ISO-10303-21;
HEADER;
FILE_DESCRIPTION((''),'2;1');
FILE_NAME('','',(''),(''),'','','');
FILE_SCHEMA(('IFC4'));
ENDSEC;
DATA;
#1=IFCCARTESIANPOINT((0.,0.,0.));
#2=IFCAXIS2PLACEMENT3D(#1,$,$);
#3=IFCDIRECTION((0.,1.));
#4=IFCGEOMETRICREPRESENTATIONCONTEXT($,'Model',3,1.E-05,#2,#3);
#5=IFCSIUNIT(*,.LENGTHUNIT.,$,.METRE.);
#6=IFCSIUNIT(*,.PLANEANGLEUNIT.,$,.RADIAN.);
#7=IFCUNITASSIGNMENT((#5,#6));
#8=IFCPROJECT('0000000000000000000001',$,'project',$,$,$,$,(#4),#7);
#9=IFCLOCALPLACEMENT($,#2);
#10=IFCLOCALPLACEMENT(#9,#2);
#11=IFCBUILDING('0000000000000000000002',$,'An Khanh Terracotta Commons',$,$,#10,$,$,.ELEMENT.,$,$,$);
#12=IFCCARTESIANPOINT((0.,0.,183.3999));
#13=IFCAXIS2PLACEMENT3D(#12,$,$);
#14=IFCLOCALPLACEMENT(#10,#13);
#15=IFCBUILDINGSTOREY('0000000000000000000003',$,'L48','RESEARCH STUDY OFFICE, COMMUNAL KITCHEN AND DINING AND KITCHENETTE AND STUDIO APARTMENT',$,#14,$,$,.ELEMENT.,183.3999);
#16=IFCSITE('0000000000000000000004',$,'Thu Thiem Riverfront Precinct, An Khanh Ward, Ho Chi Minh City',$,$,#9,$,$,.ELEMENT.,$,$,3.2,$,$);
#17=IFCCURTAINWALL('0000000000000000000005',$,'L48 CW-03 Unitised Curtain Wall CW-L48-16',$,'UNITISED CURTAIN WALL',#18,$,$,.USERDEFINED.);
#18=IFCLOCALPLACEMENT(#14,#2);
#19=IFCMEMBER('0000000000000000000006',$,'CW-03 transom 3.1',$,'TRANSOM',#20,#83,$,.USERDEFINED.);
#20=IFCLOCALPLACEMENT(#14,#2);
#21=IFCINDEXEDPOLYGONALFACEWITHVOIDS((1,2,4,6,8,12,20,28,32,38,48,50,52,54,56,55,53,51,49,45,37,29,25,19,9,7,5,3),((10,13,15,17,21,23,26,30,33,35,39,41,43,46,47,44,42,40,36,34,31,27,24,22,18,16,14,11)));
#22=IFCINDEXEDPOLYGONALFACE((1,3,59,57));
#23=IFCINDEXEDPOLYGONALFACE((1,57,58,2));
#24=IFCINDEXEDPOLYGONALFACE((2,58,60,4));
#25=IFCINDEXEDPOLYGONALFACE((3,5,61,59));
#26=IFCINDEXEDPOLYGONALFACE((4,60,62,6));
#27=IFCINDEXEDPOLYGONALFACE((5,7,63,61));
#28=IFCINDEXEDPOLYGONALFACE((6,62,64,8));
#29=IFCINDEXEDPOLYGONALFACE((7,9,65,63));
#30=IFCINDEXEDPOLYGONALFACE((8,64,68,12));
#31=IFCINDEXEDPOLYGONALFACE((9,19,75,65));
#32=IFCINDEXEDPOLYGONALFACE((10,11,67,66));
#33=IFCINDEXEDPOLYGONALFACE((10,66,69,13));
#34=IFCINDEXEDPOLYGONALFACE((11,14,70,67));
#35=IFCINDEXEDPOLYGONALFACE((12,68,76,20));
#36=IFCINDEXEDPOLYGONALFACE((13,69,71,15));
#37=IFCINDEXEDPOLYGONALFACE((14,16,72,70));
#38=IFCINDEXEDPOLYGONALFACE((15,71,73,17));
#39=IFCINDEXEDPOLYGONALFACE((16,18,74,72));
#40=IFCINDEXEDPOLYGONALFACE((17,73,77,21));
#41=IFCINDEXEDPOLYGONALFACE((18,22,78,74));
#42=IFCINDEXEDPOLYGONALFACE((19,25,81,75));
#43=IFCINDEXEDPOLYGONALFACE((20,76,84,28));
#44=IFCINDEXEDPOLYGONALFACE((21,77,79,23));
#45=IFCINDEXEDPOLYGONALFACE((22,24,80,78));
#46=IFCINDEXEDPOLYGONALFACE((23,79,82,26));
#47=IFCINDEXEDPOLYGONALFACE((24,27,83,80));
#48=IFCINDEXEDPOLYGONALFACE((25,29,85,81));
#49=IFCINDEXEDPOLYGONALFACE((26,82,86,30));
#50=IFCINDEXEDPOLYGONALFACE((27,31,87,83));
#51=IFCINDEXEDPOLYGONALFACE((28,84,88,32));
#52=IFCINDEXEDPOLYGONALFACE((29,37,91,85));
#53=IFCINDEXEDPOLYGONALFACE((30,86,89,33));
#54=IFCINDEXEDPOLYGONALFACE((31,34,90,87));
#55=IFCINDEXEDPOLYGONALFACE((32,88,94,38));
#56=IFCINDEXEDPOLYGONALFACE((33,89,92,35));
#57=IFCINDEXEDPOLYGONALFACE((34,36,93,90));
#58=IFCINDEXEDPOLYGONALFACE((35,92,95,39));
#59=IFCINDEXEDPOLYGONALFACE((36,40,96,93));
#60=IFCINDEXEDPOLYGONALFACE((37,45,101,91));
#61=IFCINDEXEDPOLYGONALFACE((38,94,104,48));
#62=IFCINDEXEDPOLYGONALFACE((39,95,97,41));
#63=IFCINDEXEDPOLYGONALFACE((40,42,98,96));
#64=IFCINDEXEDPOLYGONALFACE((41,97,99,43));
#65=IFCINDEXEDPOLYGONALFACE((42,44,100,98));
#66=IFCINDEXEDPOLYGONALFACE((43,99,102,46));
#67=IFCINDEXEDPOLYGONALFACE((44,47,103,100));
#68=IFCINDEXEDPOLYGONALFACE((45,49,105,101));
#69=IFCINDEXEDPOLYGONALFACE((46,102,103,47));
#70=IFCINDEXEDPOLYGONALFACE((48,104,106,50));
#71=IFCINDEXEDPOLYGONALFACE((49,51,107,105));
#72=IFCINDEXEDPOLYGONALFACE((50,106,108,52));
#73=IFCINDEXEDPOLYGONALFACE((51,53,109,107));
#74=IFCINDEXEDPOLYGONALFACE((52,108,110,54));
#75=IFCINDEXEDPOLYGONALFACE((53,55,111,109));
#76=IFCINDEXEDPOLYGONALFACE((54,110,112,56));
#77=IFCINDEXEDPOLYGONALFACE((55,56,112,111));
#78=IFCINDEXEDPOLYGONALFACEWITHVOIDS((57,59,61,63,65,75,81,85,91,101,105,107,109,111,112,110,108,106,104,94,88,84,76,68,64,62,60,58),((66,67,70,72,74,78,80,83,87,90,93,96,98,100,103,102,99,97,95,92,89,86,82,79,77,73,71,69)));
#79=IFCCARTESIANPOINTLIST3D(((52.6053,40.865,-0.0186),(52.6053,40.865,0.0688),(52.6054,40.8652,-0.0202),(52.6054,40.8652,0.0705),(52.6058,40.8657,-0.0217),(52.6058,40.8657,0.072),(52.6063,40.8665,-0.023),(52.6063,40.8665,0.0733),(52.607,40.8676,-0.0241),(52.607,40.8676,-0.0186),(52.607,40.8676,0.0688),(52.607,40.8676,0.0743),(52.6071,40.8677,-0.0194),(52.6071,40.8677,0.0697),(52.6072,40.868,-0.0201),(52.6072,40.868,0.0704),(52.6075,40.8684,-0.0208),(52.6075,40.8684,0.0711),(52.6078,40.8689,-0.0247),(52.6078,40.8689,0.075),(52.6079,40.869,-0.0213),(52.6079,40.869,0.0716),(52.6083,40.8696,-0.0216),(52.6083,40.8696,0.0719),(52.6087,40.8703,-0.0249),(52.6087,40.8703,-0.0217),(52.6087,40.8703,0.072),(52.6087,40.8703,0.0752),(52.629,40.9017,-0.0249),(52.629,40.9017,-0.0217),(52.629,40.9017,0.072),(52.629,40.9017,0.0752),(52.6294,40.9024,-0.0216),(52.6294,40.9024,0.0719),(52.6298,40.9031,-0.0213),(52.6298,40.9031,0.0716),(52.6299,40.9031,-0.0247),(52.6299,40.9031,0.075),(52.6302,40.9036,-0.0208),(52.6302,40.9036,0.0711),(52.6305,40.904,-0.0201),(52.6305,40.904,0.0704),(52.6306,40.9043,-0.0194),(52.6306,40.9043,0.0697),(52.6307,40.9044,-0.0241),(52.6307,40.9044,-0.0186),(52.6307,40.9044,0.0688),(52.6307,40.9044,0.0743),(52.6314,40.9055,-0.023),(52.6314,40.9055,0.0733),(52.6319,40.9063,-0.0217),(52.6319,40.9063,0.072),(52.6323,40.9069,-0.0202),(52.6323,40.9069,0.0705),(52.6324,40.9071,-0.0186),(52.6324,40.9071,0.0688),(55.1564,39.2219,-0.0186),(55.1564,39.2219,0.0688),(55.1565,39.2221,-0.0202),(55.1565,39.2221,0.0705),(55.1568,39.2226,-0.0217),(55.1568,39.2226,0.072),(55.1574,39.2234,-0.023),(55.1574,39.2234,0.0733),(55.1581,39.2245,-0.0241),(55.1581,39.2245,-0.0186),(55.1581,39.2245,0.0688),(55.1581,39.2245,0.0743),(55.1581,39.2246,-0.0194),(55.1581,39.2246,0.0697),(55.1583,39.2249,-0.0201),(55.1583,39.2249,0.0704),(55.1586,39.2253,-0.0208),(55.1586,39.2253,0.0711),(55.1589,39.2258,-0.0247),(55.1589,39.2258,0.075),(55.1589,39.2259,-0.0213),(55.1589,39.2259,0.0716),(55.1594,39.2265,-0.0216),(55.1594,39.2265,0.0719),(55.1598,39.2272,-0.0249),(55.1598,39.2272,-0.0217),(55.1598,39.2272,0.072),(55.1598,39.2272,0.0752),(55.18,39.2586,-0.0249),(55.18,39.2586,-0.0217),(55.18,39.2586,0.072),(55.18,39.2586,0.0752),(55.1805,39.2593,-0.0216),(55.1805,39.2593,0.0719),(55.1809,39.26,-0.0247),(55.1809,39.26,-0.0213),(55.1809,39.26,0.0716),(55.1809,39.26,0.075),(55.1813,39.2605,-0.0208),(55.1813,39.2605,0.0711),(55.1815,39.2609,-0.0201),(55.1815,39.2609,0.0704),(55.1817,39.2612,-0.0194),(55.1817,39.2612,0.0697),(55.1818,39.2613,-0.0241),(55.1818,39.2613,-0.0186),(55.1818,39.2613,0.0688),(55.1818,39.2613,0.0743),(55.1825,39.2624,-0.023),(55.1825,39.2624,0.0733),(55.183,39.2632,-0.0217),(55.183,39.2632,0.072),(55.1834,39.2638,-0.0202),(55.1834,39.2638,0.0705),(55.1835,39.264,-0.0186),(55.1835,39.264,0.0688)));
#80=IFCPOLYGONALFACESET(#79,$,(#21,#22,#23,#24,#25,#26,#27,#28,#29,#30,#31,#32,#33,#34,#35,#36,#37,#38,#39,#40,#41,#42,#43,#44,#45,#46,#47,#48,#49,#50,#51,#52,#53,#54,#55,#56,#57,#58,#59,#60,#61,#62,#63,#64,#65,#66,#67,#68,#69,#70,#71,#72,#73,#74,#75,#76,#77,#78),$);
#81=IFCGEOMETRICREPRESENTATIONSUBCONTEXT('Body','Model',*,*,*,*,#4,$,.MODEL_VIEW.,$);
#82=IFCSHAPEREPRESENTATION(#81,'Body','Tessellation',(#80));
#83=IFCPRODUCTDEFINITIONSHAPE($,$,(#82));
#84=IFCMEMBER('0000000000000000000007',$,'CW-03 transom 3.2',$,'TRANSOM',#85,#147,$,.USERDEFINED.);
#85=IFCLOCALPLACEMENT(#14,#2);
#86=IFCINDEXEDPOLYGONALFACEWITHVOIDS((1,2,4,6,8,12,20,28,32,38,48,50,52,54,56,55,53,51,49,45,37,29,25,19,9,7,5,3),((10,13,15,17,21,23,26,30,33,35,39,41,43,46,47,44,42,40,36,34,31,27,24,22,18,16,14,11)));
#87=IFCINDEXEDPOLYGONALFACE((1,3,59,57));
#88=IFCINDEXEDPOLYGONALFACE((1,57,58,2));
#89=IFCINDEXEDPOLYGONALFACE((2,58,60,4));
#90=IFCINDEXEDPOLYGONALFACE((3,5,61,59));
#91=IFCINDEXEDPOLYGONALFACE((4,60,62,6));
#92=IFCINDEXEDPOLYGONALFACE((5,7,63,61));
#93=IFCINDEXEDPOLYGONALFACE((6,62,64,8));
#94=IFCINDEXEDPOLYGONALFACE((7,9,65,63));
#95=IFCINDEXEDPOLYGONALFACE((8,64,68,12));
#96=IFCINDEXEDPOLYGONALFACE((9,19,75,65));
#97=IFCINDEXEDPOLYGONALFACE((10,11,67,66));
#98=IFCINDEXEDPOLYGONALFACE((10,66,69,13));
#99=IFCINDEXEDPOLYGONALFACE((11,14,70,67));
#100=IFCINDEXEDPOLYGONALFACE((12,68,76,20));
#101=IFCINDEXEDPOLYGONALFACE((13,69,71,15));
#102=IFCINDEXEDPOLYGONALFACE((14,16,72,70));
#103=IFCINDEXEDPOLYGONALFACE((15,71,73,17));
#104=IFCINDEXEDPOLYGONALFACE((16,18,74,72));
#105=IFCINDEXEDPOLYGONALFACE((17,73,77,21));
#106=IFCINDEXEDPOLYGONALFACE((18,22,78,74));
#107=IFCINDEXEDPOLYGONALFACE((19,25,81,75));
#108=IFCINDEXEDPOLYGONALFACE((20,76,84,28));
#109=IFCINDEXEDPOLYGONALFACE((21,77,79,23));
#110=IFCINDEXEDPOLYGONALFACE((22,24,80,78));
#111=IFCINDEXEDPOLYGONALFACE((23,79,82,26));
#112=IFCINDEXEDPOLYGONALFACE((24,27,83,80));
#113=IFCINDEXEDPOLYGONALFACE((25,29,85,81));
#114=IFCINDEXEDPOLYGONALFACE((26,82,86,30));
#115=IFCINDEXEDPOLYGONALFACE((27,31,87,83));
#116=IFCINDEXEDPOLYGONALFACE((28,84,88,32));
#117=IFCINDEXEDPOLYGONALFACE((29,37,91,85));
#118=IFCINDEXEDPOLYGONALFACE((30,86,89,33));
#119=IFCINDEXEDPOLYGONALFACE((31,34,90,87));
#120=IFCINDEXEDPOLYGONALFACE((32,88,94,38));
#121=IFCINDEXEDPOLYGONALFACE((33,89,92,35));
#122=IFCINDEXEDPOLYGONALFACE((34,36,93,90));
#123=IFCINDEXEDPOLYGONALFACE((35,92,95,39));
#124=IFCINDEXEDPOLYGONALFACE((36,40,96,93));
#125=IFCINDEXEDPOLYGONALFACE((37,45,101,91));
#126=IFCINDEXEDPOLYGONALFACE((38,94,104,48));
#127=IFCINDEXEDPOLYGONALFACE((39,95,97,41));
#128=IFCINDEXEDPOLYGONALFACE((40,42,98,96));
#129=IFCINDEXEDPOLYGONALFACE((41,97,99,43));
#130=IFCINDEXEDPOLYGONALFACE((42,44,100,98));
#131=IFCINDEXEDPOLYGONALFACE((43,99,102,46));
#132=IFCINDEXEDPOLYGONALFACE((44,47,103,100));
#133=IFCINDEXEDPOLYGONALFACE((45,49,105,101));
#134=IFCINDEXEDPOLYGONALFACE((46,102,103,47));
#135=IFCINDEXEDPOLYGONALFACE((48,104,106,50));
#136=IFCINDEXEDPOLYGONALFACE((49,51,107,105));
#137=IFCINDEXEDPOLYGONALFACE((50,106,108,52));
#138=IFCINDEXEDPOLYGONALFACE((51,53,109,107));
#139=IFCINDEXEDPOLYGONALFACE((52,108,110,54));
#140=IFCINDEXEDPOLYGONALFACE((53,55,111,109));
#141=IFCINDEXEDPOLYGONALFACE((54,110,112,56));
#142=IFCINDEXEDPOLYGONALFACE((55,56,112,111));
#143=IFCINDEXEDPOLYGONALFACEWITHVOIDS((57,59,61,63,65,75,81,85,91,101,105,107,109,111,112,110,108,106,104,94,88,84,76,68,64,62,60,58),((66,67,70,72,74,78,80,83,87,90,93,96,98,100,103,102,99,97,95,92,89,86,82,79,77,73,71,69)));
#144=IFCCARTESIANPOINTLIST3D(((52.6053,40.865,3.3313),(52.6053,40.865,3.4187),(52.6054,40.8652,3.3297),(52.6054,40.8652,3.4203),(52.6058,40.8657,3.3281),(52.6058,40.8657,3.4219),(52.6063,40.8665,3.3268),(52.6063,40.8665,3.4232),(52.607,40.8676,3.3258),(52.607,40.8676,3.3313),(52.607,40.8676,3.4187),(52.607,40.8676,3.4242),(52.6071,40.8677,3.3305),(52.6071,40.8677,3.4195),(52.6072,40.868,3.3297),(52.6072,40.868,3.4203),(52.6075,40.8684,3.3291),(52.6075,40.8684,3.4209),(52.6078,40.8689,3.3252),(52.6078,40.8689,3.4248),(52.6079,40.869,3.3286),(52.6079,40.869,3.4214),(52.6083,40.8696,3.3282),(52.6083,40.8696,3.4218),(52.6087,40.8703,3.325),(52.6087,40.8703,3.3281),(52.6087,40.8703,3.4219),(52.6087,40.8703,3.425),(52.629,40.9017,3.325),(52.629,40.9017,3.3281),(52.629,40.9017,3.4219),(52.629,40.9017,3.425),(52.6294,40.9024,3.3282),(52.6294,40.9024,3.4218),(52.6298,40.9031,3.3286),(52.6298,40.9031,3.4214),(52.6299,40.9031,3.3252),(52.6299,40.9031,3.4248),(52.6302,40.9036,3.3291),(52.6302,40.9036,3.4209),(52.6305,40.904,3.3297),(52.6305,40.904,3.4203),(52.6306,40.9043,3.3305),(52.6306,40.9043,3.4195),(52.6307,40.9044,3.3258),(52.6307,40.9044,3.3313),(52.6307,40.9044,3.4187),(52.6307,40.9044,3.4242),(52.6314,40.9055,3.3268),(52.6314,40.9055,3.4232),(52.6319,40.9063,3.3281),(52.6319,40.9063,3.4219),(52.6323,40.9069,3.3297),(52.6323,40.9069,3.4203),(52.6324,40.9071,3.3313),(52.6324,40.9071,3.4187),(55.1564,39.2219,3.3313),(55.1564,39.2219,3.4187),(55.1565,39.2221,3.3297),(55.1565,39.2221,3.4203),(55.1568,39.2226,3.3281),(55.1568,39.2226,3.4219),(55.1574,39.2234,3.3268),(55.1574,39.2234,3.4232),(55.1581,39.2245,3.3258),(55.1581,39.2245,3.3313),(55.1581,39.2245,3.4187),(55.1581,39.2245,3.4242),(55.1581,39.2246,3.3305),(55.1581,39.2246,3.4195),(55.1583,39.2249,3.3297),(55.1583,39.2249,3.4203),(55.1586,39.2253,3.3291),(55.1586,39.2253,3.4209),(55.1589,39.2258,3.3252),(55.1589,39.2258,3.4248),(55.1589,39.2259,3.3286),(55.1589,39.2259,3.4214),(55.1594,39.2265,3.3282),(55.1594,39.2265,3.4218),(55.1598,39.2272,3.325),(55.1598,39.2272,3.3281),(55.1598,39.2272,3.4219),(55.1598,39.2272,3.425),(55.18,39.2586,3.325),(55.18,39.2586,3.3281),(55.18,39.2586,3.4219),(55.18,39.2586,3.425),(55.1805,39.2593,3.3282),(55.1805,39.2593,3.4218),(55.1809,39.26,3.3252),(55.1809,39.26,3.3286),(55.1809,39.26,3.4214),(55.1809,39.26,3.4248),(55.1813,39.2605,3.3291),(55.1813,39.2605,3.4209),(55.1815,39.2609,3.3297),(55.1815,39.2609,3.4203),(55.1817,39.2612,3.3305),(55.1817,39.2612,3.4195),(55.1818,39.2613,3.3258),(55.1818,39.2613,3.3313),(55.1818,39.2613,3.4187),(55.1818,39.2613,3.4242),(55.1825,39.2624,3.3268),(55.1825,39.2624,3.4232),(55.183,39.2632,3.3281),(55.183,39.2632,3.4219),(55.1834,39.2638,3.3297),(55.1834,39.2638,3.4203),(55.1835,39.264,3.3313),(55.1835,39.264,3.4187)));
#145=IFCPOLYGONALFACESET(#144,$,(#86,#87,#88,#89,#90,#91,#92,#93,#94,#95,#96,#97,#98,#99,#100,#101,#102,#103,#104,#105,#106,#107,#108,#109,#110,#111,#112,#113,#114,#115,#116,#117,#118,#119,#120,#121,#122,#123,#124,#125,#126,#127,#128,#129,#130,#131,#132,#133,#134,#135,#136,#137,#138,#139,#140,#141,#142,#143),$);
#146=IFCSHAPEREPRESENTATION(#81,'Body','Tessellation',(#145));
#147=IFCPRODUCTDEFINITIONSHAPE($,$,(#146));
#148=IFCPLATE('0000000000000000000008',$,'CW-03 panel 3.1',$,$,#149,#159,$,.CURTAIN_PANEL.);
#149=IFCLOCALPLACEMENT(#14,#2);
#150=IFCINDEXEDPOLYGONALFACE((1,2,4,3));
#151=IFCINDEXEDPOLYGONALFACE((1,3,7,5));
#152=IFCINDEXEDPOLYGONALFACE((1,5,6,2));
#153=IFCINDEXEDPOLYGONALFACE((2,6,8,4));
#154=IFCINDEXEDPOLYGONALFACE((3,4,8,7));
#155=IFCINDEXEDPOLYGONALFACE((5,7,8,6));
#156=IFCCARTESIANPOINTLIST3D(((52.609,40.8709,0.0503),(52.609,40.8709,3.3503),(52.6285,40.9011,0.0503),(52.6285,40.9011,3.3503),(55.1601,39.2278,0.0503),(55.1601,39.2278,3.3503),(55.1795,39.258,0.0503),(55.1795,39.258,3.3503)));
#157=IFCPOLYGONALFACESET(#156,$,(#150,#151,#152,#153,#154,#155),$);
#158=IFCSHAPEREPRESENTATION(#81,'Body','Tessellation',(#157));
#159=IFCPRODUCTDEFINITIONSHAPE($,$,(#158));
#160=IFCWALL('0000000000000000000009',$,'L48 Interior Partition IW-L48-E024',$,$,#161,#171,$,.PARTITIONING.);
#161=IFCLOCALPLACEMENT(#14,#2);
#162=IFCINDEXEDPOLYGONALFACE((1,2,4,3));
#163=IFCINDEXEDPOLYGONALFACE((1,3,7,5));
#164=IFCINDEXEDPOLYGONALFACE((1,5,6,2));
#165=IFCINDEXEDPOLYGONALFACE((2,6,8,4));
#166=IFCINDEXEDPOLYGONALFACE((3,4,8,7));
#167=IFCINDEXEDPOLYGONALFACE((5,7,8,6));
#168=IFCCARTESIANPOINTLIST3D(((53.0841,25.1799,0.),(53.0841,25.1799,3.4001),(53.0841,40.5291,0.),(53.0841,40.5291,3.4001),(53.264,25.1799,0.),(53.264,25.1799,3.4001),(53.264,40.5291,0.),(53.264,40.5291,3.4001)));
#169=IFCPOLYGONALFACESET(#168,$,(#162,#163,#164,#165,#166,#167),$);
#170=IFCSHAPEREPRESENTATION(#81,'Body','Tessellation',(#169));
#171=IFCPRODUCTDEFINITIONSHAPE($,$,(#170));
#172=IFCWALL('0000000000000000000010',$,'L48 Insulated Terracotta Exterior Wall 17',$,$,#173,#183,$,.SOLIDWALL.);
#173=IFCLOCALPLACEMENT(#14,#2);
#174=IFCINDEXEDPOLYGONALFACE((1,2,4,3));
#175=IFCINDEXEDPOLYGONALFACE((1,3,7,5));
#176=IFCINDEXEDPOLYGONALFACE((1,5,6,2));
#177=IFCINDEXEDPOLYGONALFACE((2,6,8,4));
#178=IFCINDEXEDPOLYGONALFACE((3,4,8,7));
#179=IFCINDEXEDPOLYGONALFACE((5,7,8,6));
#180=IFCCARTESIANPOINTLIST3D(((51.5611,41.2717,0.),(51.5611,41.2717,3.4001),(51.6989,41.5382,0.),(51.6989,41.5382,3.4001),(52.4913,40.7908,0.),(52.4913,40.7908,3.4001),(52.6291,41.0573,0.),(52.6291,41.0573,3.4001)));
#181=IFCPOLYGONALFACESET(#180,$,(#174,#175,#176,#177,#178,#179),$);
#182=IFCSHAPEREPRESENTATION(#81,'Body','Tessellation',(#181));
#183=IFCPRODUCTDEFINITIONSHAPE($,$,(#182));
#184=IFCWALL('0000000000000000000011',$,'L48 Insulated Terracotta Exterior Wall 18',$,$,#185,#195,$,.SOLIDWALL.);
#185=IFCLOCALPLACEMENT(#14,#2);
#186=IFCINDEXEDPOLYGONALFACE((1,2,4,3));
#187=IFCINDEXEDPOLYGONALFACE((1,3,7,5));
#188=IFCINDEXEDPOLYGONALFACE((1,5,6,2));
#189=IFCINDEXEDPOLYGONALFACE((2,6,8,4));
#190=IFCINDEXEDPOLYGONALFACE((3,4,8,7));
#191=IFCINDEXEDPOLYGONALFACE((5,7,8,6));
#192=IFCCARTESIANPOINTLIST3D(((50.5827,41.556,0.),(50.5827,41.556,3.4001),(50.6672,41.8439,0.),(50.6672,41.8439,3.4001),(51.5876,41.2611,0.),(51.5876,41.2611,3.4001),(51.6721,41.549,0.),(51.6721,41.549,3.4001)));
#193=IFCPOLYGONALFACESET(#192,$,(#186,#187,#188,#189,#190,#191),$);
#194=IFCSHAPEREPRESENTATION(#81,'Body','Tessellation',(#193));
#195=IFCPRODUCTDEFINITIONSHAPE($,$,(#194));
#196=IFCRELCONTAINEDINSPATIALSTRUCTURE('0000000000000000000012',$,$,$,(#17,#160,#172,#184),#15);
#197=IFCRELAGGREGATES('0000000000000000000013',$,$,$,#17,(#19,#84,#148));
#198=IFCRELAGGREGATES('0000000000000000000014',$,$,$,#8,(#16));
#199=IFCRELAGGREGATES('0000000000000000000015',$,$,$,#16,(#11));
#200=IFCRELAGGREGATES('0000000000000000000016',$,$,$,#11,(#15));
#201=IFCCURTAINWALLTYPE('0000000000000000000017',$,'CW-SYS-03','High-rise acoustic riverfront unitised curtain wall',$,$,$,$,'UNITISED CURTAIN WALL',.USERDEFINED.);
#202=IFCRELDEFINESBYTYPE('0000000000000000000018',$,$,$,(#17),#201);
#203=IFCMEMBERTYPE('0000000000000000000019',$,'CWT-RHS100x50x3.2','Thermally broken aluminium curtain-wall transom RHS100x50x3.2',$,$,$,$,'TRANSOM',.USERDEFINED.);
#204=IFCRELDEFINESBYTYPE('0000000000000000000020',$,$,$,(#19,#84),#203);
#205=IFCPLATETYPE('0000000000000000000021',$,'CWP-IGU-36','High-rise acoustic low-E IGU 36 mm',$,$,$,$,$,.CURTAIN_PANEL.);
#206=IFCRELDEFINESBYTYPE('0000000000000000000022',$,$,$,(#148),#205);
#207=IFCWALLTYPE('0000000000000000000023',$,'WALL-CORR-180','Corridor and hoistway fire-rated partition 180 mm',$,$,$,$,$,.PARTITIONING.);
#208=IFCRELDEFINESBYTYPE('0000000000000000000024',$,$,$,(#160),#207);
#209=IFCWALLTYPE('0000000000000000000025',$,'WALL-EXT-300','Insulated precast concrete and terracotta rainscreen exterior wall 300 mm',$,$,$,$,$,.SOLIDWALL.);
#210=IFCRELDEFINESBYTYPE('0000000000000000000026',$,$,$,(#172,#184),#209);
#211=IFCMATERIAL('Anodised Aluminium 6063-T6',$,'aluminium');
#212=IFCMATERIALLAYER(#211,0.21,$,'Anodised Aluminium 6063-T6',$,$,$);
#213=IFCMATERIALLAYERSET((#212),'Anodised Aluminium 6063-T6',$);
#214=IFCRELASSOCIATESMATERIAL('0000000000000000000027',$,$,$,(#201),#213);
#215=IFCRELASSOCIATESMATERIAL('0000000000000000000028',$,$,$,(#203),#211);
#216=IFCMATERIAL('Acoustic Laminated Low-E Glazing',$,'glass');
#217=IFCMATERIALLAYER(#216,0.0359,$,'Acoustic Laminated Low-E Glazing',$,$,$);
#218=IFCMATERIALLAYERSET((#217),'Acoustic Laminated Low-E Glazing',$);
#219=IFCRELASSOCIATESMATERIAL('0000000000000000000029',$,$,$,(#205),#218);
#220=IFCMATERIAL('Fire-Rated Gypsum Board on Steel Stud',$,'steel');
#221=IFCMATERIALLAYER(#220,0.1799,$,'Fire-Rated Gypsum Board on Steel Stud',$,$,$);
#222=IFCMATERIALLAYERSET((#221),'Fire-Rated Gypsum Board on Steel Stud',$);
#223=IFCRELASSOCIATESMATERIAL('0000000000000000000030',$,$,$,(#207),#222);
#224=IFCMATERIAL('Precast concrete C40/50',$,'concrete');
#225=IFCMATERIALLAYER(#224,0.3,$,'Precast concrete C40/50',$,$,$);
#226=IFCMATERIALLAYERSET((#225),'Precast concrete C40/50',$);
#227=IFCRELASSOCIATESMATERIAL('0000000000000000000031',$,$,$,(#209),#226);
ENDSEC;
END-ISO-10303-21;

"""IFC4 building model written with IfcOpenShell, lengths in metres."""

from ifc_helpers import new_model, si_unit, direction, frame, frame_2d, origin, origin_2d, place, context, subcontext, project, spatial, rectangle, hollow_rectangle, extrude, material, layer, layer_set, material_profile, profile_set, type_object, element, aggregate, save


model = new_model("IFC4")

# Units and contexts
model_context = context("Model", 3, precision=1e-05, world=origin(), true_north=direction((0.0, 1.0)))
body_context = subcontext(model_context, "Body", "Model", "MODEL_VIEW")
ifc_project = project(units=[si_unit("LENGTHUNIT", "METRE"), si_unit("PLANEANGLEUNIT", "RADIAN")], contexts=[model_context])

# Site, building, storey
site_placement = place(None, origin())
site = spatial("IfcSite", under=ifc_project, at=site_placement, Name="Thu Thiem Riverfront Precinct, An Khanh Ward, Ho Chi Minh City", CompositionType="ELEMENT", RefElevation=3.2)
building_placement = place(site_placement, origin())
building = spatial("IfcBuilding", under=site, at=building_placement, Name="An Khanh Terracotta Commons", CompositionType="ELEMENT")
storey_placement = place(building_placement, frame((0.0, 0.0, 183.3999)))
storey = spatial("IfcBuildingStorey", under=building, at=storey_placement, Name="L48", Description="RESEARCH STUDY OFFICE, COMMUNAL KITCHEN AND DINING AND KITCHENETTE AND STUDIO APARTMENT", CompositionType="ELEMENT", Elevation=183.3999)

# Curtain wall, members, plate
ifc_material_1 = material(Name="Anodised Aluminium 6063-T6", Category="aluminium")
ifc_layer_1 = layer(ifc_material_1, 0.21, Name="Anodised Aluminium 6063-T6")
ifc_layer_set_1 = layer_set([ifc_layer_1], Name="Anodised Aluminium 6063-T6")
curtain_wall_type = type_object("IfcCurtainWallType", Name="CW-SYS-03", Description="High-rise acoustic riverfront unitised curtain wall", ElementType="UNITISED CURTAIN WALL", PredefinedType="USERDEFINED", material=ifc_layer_set_1)
curtain_wall_placement = place(storey_placement, origin())
curtain_wall = element("IfcCurtainWall", 1, at=curtain_wall_placement, inside=storey, type_object=curtain_wall_type, Name="L48 CW-03 Unitised Curtain Wall CW-L48-16", ObjectType="UNITISED CURTAIN WALL", PredefinedType="USERDEFINED")
ifc_material_profile_1 = material_profile(ifc_material_1, hollow_rectangle(XDim=0.05, YDim=0.1001, WallThickness=0.0032, InnerFilletRadius=0.0032, OuterFilletRadius=0.0063, at=origin_2d()), Name="RHS100x50x3.2")
ifc_profile_set_1 = profile_set([ifc_material_profile_1], Name="Anodised Aluminium 6063-T6")
member_type_1 = type_object("IfcMemberType", Name="CWT-RHS100x50x3.2", Description="Thermally broken aluminium curtain-wall transom RHS100x50x3.2", ElementType="TRANSOM", PredefinedType="USERDEFINED", material=ifc_profile_set_1)
member_1_placement = place(storey_placement, frame((55.1699, 39.2429, 0.0251), z_axis=(-0.84071, 0.541485, 0.0), x_axis=(-0.541485, -0.84071, 0.0)))
member_1 = element("IfcMember", 2, at=member_1_placement, type_object=member_type_1, Name="CW-03 transom 3.1", ObjectType="TRANSOM", PredefinedType="USERDEFINED", context=body_context, shape_type="SweptSolid", body=[
    extrude(hollow_rectangle(XDim=0.05, YDim=0.1001, WallThickness=0.0032, InnerFilletRadius=0.0032, OuterFilletRadius=0.0063, at=origin_2d()), origin(), (0.0, 0.0, 1.0), 3.0344),
])
member_2_placement = place(storey_placement, frame((55.1699, 39.2429, 3.375), z_axis=(-0.84071, 0.541485, 0.0), x_axis=(-0.541485, -0.84071, 0.0)))
member_2 = element("IfcMember", 3, at=member_2_placement, type_object=member_type_1, Name="CW-03 transom 3.2", ObjectType="TRANSOM", PredefinedType="USERDEFINED", context=body_context, shape_type="SweptSolid", body=[
    extrude(hollow_rectangle(XDim=0.05, YDim=0.1001, WallThickness=0.0032, InnerFilletRadius=0.0032, OuterFilletRadius=0.0063, at=origin_2d()), origin(), (0.0, 0.0, 1.0), 3.0344),
])
ifc_material_2 = material(Name="Acoustic Laminated Low-E Glazing", Category="glass")
ifc_layer_2 = layer(ifc_material_2, 0.0359, Name="Acoustic Laminated Low-E Glazing")
ifc_layer_set_2 = layer_set([ifc_layer_2], Name="Acoustic Laminated Low-E Glazing")
plate_type = type_object("IfcPlateType", Name="CWP-IGU-36", Description="High-rise acoustic low-E IGU 36 mm", PredefinedType="CURTAIN_PANEL", material=ifc_layer_set_2)
plate_placement = place(storey_placement, frame((53.8943, 40.0645, 0.0503), z_axis=(0.0, 0.0, 1.0), x_axis=(-0.840702, 0.541498, 0.0)))
plate = element("IfcPlate", 4, at=plate_placement, type_object=plate_type, Name="CW-03 panel 3.1", PredefinedType="CURTAIN_PANEL", context=body_context, shape_type="SweptSolid", body=[
    extrude(rectangle(XDim=3.0344, YDim=0.0359, at=origin_2d()), origin(), (0.0, 0.0, 1.0), 3.3),
])
aggregate(curtain_wall, [member_1, member_2, plate])

# Walls
ifc_material_3 = material(Name="Fire-Rated Gypsum Board on Steel Stud", Category="steel")
ifc_layer_3 = layer(ifc_material_3, 0.1799, Name="Fire-Rated Gypsum Board on Steel Stud")
ifc_layer_set_3 = layer_set([ifc_layer_3], Name="Fire-Rated Gypsum Board on Steel Stud")
wall_type_1 = type_object("IfcWallType", Name="WALL-CORR-180", Description="Corridor and hoistway fire-rated partition 180 mm", PredefinedType="PARTITIONING", material=ifc_layer_set_3)
wall_1_placement = place(storey_placement, frame((53.1741, 25.1799, 0.0), z_axis=(0.0, 0.0, 1.0), x_axis=(0.0, 1.0, 0.0)))
element("IfcWall", 5, at=wall_1_placement, inside=storey, type_object=wall_type_1, Name="L48 Interior Partition IW-L48-E024", PredefinedType="PARTITIONING", context=body_context, shape_type="SweptSolid", body=[
    extrude(rectangle(XDim=15.3491, YDim=0.1799, at=frame_2d((7.6746, 0.0))), origin(), (0.0, 0.0, 1.0), 3.4001),
])
ifc_material_4 = material(Name="Precast concrete C40/50", Category="concrete")
ifc_layer_4 = layer(ifc_material_4, 0.3, Name="Precast concrete C40/50")
ifc_layer_set_4 = layer_set([ifc_layer_4], Name="Precast concrete C40/50")
wall_type_2 = type_object("IfcWallType", Name="WALL-EXT-300", Description="Insulated precast concrete and terracotta rainscreen exterior wall 300 mm", PredefinedType="SOLIDWALL", material=ifc_layer_set_4)
wall_2_placement = place(storey_placement, frame((52.5601, 40.9241, 0.0), z_axis=(0.0, 0.0, 1.0), x_axis=(-0.888283, 0.459296, 0.0)))
element("IfcWall", 6, at=wall_2_placement, inside=storey, type_object=wall_type_2, Name="L48 Insulated Terracotta Exterior Wall 17", PredefinedType="SOLIDWALL", context=body_context, shape_type="SweptSolid", body=[
    extrude(rectangle(XDim=1.0471, YDim=0.3, at=frame_2d((0.5234, 0.0))), origin(), (0.0, 0.0, 1.0), 3.4001),
])
wall_3_placement = place(storey_placement, frame((51.6299, 41.405, 0.0), z_axis=(0.0, 0.0, 1.0), x_axis=(-0.959529, 0.281611, 0.0)))
element("IfcWall", 7, at=wall_3_placement, inside=storey, type_object=wall_type_2, Name="L48 Insulated Terracotta Exterior Wall 18", PredefinedType="SOLIDWALL", context=body_context, shape_type="SweptSolid", body=[
    extrude(rectangle(XDim=1.0474, YDim=0.3, at=frame_2d((0.5237, 0.0))), origin(), (0.0, 0.0, 1.0), 3.4001),
])

save(model, "model.ifc")
